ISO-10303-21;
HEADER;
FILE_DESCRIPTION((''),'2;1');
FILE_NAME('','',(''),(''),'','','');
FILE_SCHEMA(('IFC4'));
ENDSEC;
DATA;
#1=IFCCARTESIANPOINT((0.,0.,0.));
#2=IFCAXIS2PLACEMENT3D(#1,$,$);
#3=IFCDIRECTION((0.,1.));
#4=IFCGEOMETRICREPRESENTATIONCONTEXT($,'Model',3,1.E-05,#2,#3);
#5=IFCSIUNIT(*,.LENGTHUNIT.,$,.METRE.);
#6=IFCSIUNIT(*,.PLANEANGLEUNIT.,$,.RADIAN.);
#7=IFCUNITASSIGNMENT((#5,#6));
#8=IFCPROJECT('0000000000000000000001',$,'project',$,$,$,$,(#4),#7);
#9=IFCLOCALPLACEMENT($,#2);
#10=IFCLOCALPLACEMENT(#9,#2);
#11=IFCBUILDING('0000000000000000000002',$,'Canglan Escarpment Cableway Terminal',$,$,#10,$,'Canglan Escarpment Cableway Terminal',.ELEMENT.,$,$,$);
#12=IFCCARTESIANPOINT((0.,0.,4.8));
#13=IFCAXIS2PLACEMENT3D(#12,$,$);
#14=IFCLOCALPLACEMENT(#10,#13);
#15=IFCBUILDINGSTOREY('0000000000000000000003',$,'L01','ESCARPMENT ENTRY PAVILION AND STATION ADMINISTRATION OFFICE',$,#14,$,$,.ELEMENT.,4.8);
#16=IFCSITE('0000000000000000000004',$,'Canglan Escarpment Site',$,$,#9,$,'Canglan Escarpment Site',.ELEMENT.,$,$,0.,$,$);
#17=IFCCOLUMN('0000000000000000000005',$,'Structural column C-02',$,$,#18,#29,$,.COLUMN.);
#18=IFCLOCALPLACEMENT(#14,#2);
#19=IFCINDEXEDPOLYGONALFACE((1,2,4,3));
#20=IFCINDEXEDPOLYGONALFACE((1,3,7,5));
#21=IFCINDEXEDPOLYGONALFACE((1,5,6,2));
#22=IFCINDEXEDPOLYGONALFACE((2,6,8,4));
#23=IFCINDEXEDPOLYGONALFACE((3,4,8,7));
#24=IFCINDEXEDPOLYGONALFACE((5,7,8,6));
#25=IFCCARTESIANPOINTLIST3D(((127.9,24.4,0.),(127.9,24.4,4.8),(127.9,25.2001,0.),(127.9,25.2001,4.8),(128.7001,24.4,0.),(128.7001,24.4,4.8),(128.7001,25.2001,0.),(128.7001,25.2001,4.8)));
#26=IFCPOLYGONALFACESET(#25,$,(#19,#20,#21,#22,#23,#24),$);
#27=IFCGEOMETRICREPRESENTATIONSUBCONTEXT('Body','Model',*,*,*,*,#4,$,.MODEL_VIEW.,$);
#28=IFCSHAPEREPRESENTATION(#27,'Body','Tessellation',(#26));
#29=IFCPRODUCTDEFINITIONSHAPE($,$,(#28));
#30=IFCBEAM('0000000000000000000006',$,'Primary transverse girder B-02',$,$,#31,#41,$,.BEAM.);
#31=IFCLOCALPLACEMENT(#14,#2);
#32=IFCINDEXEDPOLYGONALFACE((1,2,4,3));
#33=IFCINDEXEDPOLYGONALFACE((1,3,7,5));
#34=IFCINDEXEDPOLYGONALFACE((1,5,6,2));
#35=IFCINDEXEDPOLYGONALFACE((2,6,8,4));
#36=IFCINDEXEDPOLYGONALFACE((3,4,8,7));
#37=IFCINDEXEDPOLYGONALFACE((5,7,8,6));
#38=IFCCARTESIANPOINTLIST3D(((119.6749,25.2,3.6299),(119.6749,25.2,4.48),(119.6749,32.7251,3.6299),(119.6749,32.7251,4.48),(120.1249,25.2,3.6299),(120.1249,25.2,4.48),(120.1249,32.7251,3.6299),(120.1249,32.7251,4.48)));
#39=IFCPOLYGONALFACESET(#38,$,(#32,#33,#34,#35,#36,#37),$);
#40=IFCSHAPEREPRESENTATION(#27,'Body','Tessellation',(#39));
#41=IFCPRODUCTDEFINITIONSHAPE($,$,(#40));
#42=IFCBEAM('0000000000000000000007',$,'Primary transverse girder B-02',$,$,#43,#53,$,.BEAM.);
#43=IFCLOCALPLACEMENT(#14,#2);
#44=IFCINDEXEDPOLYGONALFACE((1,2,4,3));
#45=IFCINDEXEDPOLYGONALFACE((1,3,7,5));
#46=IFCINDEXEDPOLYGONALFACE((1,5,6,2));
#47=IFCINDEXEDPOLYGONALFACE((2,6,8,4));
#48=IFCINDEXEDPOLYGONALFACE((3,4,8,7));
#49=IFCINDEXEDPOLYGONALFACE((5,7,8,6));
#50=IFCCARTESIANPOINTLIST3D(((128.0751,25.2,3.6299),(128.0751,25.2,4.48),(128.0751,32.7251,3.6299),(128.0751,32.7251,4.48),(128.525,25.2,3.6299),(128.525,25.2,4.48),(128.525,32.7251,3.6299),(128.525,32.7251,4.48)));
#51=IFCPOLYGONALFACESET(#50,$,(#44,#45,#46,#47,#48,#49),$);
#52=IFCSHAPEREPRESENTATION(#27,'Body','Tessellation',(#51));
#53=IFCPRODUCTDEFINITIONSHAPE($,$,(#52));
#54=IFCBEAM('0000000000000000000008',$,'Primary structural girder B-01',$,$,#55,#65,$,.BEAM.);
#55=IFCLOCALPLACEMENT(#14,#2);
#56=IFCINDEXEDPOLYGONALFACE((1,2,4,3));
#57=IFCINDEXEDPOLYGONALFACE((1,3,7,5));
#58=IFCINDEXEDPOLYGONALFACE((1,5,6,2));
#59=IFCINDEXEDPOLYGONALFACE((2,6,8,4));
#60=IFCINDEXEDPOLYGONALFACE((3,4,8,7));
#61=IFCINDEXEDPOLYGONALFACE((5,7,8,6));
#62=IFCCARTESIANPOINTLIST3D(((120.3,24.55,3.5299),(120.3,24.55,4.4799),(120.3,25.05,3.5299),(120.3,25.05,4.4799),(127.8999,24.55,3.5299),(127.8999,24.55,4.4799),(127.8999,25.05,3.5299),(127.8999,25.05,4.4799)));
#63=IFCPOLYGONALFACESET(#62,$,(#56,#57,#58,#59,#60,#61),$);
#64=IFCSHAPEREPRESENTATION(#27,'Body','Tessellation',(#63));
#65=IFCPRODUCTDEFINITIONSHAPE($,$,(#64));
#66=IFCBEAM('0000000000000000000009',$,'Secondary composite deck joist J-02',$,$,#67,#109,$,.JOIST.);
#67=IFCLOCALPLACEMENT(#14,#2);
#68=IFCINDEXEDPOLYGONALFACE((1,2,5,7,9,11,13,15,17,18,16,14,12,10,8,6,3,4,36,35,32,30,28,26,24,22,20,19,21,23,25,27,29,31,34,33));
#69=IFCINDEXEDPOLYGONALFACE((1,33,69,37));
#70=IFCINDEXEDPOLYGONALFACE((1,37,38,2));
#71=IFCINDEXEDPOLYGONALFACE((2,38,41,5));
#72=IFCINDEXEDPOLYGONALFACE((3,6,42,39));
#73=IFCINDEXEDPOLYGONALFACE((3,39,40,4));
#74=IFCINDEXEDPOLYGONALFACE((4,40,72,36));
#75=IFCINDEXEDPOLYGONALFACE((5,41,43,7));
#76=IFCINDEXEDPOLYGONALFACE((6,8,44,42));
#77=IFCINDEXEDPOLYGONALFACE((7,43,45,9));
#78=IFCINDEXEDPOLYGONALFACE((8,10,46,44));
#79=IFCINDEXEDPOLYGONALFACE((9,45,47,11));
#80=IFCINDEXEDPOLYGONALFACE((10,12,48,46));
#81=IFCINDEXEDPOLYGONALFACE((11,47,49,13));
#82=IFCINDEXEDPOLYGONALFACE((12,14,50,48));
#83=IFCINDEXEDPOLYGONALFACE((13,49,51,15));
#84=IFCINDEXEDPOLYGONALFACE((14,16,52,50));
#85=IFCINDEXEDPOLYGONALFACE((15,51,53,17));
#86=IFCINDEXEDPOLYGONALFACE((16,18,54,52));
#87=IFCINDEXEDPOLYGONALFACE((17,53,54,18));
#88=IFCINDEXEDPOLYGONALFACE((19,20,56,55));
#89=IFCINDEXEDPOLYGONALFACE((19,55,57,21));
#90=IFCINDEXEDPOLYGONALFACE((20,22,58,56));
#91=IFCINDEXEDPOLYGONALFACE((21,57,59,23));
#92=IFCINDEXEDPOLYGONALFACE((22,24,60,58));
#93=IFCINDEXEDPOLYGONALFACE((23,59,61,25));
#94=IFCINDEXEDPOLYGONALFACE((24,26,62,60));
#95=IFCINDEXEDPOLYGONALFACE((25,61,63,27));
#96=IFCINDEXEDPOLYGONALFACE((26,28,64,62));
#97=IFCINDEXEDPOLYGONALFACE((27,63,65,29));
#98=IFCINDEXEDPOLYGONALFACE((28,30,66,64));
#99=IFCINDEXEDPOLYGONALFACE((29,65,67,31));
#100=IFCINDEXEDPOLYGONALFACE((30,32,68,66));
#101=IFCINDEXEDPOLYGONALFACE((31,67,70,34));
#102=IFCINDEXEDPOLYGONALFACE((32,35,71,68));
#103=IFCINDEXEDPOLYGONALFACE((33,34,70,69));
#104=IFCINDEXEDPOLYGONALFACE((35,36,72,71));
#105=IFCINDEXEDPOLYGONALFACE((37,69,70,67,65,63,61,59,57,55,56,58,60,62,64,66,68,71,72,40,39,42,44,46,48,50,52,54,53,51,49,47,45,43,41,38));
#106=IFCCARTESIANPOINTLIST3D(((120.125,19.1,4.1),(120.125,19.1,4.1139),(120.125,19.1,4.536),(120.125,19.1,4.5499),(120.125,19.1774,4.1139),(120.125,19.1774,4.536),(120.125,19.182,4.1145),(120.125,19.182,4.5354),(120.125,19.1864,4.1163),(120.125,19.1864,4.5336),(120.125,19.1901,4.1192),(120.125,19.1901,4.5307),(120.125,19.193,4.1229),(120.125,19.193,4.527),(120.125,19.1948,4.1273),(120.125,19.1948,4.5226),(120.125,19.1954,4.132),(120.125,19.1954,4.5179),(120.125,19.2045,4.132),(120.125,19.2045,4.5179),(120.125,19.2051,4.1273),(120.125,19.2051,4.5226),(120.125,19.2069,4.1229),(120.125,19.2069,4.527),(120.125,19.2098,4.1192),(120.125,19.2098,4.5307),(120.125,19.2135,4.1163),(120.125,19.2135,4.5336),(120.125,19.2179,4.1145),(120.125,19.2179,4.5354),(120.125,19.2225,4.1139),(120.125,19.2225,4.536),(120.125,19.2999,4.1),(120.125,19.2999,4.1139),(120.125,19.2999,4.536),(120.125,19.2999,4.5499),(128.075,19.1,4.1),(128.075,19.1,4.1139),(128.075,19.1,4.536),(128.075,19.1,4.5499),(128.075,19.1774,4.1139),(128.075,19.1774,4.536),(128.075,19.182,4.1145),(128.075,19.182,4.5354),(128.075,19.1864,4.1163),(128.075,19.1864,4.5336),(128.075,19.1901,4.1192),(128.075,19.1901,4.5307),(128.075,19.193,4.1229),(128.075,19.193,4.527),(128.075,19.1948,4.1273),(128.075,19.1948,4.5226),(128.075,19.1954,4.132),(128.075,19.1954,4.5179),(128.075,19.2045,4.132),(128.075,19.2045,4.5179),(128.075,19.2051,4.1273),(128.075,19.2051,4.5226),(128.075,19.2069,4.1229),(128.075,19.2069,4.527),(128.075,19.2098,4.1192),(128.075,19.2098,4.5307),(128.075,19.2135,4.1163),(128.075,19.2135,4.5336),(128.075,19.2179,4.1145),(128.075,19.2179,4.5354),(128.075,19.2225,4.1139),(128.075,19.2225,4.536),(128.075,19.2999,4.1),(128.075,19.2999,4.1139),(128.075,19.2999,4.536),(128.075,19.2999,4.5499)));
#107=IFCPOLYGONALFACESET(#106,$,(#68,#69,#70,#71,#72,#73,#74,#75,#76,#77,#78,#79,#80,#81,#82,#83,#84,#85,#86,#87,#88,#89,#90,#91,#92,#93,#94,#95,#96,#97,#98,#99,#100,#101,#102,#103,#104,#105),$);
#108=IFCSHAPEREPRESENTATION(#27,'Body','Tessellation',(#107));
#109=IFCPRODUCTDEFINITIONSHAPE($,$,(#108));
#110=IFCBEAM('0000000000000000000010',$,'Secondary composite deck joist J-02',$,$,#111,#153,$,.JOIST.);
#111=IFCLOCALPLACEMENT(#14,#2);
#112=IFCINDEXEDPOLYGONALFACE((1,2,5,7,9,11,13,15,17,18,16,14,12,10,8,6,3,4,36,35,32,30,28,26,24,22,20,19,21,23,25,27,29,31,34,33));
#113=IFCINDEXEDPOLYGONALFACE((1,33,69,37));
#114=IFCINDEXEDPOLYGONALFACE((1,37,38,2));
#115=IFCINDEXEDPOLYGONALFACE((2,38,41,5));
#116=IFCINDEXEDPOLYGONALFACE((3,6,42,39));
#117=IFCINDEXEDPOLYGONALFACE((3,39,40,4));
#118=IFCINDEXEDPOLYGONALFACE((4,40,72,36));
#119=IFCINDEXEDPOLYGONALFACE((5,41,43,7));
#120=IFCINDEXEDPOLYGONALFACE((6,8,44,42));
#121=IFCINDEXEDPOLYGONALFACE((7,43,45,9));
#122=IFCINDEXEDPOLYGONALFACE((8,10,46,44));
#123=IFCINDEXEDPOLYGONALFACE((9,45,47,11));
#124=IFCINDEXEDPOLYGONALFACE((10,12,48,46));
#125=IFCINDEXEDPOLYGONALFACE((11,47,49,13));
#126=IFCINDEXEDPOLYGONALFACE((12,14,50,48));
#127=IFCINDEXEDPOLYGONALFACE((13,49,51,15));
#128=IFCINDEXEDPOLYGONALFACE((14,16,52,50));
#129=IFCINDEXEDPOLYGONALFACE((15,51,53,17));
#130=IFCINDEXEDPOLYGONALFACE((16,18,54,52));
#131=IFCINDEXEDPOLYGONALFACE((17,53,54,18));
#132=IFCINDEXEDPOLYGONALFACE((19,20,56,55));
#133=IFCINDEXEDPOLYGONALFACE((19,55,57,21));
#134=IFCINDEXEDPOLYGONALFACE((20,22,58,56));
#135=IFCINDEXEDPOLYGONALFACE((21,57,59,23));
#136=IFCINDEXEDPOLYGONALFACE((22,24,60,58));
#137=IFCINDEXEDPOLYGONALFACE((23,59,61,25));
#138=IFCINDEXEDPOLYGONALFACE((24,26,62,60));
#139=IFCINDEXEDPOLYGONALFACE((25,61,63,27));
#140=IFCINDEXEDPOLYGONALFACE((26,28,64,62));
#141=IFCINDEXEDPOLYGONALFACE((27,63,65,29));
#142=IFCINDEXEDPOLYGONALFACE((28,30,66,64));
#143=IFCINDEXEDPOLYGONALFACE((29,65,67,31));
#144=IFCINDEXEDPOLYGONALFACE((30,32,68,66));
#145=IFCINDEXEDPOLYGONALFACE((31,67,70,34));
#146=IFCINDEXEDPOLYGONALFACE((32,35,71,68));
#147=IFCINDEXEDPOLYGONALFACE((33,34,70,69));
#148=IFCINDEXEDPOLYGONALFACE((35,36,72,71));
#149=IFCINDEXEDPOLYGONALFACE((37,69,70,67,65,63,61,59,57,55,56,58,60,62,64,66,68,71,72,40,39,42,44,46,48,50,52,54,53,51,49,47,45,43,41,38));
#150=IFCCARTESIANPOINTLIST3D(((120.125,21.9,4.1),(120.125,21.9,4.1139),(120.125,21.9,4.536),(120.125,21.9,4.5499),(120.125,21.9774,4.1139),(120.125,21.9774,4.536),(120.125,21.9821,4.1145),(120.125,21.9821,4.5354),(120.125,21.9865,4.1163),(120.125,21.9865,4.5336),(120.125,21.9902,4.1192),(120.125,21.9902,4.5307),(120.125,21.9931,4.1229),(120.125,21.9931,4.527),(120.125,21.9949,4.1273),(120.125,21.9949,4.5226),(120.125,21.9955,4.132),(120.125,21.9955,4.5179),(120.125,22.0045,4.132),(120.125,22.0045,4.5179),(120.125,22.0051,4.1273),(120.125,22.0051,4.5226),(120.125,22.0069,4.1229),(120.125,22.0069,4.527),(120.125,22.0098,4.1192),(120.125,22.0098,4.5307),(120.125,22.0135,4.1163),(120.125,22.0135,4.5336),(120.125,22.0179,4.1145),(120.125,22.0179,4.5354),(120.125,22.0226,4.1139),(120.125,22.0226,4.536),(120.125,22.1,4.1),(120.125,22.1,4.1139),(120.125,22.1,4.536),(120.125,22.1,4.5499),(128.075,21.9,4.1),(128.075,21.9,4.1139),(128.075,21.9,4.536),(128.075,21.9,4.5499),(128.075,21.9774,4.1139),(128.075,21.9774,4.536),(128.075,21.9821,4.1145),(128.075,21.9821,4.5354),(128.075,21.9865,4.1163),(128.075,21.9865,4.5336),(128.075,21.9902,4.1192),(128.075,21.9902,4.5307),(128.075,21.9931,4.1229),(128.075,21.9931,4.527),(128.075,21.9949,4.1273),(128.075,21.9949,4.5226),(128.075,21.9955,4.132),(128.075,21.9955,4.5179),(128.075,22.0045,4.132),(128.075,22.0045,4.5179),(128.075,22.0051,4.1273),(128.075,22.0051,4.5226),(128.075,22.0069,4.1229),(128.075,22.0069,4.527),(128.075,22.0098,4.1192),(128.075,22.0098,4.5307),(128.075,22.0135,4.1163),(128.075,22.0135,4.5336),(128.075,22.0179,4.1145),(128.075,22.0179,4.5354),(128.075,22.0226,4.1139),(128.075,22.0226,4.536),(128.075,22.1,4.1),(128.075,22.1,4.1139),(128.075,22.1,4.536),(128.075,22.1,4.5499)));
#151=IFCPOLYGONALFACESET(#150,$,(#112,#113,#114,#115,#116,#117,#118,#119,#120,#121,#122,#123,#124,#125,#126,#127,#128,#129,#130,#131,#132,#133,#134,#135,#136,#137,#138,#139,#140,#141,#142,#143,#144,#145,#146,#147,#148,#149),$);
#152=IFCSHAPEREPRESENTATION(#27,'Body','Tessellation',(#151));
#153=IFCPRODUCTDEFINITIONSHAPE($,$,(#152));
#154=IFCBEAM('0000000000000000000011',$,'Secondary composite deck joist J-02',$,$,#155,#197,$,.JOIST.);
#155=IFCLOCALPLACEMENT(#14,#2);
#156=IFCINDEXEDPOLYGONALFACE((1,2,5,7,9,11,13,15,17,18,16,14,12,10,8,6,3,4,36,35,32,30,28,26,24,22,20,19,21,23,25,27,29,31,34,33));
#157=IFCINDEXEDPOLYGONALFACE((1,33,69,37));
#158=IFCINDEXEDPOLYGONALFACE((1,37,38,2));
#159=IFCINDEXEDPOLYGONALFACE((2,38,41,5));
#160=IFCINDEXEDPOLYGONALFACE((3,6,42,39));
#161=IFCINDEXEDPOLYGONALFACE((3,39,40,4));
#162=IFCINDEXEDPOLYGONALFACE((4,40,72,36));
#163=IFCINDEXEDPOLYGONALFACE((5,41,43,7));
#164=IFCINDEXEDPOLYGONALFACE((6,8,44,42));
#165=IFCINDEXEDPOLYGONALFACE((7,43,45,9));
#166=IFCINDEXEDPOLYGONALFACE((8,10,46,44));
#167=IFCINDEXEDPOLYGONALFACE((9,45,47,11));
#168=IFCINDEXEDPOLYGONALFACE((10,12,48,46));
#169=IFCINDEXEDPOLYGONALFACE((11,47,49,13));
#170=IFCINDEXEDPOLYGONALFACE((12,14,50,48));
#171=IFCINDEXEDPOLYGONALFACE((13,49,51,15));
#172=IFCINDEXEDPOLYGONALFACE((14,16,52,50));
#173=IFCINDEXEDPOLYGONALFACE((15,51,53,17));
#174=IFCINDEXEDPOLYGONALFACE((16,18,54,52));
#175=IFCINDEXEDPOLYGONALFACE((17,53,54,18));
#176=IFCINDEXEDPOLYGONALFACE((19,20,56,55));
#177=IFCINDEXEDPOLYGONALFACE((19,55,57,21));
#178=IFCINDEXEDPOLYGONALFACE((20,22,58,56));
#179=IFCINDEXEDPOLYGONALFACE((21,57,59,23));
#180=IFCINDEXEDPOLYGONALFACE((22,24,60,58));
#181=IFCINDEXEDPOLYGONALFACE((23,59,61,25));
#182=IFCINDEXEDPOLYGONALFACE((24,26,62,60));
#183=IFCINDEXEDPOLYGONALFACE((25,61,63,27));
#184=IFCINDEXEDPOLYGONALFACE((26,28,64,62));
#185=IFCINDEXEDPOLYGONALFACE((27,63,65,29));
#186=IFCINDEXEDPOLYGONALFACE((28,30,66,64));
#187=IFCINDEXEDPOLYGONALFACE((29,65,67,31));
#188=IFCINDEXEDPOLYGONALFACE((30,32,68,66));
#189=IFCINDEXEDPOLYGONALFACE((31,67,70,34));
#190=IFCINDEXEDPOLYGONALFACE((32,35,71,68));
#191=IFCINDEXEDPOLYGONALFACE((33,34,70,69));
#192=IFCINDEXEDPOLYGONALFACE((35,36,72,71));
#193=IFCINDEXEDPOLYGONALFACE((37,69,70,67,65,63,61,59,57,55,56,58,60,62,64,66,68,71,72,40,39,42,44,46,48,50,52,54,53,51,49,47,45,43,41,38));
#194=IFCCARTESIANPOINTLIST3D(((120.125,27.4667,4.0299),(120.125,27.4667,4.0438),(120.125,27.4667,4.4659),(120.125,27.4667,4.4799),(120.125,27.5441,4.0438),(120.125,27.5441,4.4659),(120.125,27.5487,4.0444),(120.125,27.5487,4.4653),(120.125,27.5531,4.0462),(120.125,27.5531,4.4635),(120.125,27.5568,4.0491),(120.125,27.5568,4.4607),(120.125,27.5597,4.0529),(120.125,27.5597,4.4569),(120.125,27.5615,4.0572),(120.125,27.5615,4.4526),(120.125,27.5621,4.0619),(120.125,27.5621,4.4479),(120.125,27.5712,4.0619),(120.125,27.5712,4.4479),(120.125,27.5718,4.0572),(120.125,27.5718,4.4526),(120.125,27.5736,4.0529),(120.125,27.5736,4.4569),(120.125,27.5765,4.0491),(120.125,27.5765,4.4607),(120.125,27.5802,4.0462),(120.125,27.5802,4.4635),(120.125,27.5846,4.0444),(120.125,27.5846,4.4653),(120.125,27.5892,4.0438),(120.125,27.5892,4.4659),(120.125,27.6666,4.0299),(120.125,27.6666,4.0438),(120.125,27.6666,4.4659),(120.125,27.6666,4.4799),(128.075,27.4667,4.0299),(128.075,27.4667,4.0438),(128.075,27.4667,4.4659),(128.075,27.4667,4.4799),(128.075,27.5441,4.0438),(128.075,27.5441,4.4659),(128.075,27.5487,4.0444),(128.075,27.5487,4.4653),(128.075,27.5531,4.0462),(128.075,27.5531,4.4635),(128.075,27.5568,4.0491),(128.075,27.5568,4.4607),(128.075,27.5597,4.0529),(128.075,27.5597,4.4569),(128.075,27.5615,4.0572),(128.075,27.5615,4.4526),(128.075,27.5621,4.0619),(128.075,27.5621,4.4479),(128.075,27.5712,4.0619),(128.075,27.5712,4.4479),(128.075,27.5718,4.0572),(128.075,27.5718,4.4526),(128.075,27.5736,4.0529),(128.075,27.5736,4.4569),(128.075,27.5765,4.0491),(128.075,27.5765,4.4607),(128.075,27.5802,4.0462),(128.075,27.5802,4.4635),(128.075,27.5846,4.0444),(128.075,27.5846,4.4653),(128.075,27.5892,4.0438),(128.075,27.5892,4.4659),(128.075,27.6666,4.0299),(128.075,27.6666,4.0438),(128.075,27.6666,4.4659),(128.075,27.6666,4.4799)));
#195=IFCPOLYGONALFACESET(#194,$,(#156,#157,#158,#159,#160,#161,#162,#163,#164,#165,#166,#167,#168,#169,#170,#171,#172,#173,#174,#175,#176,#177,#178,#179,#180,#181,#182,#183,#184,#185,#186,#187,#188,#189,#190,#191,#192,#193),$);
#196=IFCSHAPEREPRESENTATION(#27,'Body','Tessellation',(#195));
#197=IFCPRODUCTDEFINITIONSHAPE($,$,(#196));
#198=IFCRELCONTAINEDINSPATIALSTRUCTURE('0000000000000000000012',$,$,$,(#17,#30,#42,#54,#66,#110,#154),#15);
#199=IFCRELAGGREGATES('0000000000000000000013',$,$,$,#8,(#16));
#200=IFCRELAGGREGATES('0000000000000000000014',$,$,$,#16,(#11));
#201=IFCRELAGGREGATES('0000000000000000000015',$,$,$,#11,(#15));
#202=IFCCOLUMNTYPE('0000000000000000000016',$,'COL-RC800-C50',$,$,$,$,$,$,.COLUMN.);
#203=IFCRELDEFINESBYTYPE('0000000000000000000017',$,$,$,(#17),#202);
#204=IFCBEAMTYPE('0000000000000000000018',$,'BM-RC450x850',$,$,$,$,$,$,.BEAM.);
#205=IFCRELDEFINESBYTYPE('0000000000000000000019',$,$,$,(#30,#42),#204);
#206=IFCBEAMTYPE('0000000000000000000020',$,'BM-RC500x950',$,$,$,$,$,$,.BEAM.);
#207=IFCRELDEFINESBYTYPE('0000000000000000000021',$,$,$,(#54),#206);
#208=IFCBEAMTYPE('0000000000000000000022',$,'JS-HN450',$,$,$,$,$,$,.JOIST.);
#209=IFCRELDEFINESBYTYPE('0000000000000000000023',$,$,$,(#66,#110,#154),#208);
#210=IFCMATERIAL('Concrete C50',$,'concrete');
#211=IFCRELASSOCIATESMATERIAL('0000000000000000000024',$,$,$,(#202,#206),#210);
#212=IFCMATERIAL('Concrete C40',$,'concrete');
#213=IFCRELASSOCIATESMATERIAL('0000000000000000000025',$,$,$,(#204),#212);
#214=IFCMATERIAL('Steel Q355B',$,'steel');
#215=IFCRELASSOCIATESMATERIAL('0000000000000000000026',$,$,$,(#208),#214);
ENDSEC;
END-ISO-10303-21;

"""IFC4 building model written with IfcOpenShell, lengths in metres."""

from ifc_helpers import new_model, si_unit, direction, frame, origin, origin_2d, place, context, subcontext, project, spatial, rectangle, i_section, extrude, material, material_profile, profile_set, type_object, element, save


model = new_model("IFC4")

# Units and contexts
model_context = context("Model", 3, precision=1e-05, world=origin(), true_north=direction((0.0, 1.0)))
body_context = subcontext(model_context, "Body", "Model", "MODEL_VIEW")
ifc_project = project(units=[si_unit("LENGTHUNIT", "METRE"), si_unit("PLANEANGLEUNIT", "RADIAN")], contexts=[model_context])

# Site, building, storey
site_placement = place(None, origin())
site = spatial("IfcSite", under=ifc_project, at=site_placement, Name="Canglan Escarpment Site", LongName="Canglan Escarpment Site", CompositionType="ELEMENT", RefElevation=0.0)
building_placement = place(site_placement, origin())
building = spatial("IfcBuilding", under=site, at=building_placement, Name="Canglan Escarpment Cableway Terminal", LongName="Canglan Escarpment Cableway Terminal", CompositionType="ELEMENT")
storey_placement = place(building_placement, frame((0.0, 0.0, 4.8)))
storey = spatial("IfcBuildingStorey", under=building, at=storey_placement, Name="L01", Description="ESCARPMENT ENTRY PAVILION AND STATION ADMINISTRATION OFFICE", CompositionType="ELEMENT", Elevation=4.8)

# Shared definitions
ifc_material_1 = material(Name="Concrete C40", Category="concrete")

# Column
ifc_material_2 = material(Name="Concrete C50", Category="concrete")
ifc_material_profile_1 = material_profile(ifc_material_2, rectangle(XDim=0.8, YDim=0.8, at=origin_2d()), Name="RC 800x800")
ifc_profile_set_1 = profile_set([ifc_material_profile_1], Name="Concrete C50")
column_type = type_object("IfcColumnType", Name="COL-RC800-C50", PredefinedType="COLUMN", material=ifc_profile_set_1)
for number, where, z_axis, x_axis, name in (
    (1, (128.3, 24.8, 0.0), (0.0, 0.0, 1.0), (1.0, 0.0, 0.0), "Structural column C-02"),
):
    element("IfcColumn", number, at=place(storey_placement, frame(where, z_axis=z_axis, x_axis=x_axis)), inside=storey, type_object=column_type, Name=name, PredefinedType="COLUMN", context=body_context, shape_type="SweptSolid", body=[
        extrude(rectangle(XDim=0.8, YDim=0.8, at=origin_2d()), origin(), (0.0, 0.0, 1.0), 4.8),
    ])

# Beams
ifc_material_profile_2 = material_profile(ifc_material_1, rectangle(XDim=0.45, YDim=0.8501, at=origin_2d()), Name="RC 450x850")
ifc_profile_set_2 = profile_set([ifc_material_profile_2], Name="Concrete C40")
beam_type_1 = type_object("IfcBeamType", Name="BM-RC450x850", PredefinedType="BEAM", material=ifc_profile_set_2)
for number, where, z_axis, x_axis, name in (
    (2, (119.8999, 25.2, 4.0549), (0.0, 1.0, 0.0), (-1.0, 0.0, 0.0), "Primary transverse girder B-02"),
    (3, (128.3, 25.2, 4.0549), (0.0, 1.0, 0.0), (-1.0, 0.0, 0.0), "Primary transverse girder B-02"),
):
    element("IfcBeam", number, at=place(storey_placement, frame(where, z_axis=z_axis, x_axis=x_axis)), inside=storey, type_object=beam_type_1, Name=name, PredefinedType="BEAM", context=body_context, shape_type="SweptSolid", body=[
        extrude(rectangle(XDim=0.45, YDim=0.8501, at=origin_2d()), origin(), (0.0, 0.0, 1.0), 7.5251),
    ])
ifc_material_profile_3 = material_profile(ifc_material_2, rectangle(XDim=0.5, YDim=0.95, at=origin_2d()), Name="RC 500x950")
ifc_profile_set_3 = profile_set([ifc_material_profile_3], Name="Concrete C50")
beam_type_2 = type_object("IfcBeamType", Name="BM-RC500x950", PredefinedType="BEAM", material=ifc_profile_set_3)
beam_1_placement = place(storey_placement, frame((120.3, 24.8, 4.0049), z_axis=(1.0, 0.0, 0.0), x_axis=(0.0, 1.0, 0.0)))
element("IfcBeam", 4, at=beam_1_placement, inside=storey, type_object=beam_type_2, Name="Primary structural girder B-01", PredefinedType="BEAM", context=body_context, shape_type="SweptSolid", body=[
    extrude(rectangle(XDim=0.5, YDim=0.95, at=origin_2d()), origin(), (0.0, 0.0, 1.0), 7.5999),
])
ifc_material_3 = material(Name="Steel Q355B", Category="steel")
ifc_material_profile_4 = material_profile(ifc_material_3, i_section(OverallWidth=0.2, OverallDepth=0.45, WebThickness=0.009, FlangeThickness=0.0139, FilletRadius=0.0181, at=origin_2d()), Name="HN 450x200x9x14")
ifc_profile_set_4 = profile_set([ifc_material_profile_4], Name="Steel Q355B")
beam_type_3 = type_object("IfcBeamType", Name="JS-HN450", PredefinedType="JOIST", material=ifc_profile_set_4)
for number, where, z_axis, x_axis, name in (
    (5, (120.125, 19.2, 4.325), (1.0, 0.0, 0.0), (0.0, 1.0, 0.0), "Secondary composite deck joist J-02"),
    (6, (120.125, 22.0, 4.325), (1.0, 0.0, 0.0), (0.0, 1.0, 0.0), "Secondary composite deck joist J-02"),
    (7, (120.125, 27.5667, 4.2549), (1.0, 0.0, 0.0), (0.0, 1.0, 0.0), "Secondary composite deck joist J-02"),
):
    element("IfcBeam", number, at=place(storey_placement, frame(where, z_axis=z_axis, x_axis=x_axis)), inside=storey, type_object=beam_type_3, Name=name, PredefinedType="JOIST", context=body_context, shape_type="SweptSolid", body=[
        extrude(i_section(OverallWidth=0.2, OverallDepth=0.45, WebThickness=0.009, FlangeThickness=0.0139, FilletRadius=0.0181, at=origin_2d()), origin(), (0.0, 0.0, 1.0), 7.95),
    ])

save(model, "model.ifc")
